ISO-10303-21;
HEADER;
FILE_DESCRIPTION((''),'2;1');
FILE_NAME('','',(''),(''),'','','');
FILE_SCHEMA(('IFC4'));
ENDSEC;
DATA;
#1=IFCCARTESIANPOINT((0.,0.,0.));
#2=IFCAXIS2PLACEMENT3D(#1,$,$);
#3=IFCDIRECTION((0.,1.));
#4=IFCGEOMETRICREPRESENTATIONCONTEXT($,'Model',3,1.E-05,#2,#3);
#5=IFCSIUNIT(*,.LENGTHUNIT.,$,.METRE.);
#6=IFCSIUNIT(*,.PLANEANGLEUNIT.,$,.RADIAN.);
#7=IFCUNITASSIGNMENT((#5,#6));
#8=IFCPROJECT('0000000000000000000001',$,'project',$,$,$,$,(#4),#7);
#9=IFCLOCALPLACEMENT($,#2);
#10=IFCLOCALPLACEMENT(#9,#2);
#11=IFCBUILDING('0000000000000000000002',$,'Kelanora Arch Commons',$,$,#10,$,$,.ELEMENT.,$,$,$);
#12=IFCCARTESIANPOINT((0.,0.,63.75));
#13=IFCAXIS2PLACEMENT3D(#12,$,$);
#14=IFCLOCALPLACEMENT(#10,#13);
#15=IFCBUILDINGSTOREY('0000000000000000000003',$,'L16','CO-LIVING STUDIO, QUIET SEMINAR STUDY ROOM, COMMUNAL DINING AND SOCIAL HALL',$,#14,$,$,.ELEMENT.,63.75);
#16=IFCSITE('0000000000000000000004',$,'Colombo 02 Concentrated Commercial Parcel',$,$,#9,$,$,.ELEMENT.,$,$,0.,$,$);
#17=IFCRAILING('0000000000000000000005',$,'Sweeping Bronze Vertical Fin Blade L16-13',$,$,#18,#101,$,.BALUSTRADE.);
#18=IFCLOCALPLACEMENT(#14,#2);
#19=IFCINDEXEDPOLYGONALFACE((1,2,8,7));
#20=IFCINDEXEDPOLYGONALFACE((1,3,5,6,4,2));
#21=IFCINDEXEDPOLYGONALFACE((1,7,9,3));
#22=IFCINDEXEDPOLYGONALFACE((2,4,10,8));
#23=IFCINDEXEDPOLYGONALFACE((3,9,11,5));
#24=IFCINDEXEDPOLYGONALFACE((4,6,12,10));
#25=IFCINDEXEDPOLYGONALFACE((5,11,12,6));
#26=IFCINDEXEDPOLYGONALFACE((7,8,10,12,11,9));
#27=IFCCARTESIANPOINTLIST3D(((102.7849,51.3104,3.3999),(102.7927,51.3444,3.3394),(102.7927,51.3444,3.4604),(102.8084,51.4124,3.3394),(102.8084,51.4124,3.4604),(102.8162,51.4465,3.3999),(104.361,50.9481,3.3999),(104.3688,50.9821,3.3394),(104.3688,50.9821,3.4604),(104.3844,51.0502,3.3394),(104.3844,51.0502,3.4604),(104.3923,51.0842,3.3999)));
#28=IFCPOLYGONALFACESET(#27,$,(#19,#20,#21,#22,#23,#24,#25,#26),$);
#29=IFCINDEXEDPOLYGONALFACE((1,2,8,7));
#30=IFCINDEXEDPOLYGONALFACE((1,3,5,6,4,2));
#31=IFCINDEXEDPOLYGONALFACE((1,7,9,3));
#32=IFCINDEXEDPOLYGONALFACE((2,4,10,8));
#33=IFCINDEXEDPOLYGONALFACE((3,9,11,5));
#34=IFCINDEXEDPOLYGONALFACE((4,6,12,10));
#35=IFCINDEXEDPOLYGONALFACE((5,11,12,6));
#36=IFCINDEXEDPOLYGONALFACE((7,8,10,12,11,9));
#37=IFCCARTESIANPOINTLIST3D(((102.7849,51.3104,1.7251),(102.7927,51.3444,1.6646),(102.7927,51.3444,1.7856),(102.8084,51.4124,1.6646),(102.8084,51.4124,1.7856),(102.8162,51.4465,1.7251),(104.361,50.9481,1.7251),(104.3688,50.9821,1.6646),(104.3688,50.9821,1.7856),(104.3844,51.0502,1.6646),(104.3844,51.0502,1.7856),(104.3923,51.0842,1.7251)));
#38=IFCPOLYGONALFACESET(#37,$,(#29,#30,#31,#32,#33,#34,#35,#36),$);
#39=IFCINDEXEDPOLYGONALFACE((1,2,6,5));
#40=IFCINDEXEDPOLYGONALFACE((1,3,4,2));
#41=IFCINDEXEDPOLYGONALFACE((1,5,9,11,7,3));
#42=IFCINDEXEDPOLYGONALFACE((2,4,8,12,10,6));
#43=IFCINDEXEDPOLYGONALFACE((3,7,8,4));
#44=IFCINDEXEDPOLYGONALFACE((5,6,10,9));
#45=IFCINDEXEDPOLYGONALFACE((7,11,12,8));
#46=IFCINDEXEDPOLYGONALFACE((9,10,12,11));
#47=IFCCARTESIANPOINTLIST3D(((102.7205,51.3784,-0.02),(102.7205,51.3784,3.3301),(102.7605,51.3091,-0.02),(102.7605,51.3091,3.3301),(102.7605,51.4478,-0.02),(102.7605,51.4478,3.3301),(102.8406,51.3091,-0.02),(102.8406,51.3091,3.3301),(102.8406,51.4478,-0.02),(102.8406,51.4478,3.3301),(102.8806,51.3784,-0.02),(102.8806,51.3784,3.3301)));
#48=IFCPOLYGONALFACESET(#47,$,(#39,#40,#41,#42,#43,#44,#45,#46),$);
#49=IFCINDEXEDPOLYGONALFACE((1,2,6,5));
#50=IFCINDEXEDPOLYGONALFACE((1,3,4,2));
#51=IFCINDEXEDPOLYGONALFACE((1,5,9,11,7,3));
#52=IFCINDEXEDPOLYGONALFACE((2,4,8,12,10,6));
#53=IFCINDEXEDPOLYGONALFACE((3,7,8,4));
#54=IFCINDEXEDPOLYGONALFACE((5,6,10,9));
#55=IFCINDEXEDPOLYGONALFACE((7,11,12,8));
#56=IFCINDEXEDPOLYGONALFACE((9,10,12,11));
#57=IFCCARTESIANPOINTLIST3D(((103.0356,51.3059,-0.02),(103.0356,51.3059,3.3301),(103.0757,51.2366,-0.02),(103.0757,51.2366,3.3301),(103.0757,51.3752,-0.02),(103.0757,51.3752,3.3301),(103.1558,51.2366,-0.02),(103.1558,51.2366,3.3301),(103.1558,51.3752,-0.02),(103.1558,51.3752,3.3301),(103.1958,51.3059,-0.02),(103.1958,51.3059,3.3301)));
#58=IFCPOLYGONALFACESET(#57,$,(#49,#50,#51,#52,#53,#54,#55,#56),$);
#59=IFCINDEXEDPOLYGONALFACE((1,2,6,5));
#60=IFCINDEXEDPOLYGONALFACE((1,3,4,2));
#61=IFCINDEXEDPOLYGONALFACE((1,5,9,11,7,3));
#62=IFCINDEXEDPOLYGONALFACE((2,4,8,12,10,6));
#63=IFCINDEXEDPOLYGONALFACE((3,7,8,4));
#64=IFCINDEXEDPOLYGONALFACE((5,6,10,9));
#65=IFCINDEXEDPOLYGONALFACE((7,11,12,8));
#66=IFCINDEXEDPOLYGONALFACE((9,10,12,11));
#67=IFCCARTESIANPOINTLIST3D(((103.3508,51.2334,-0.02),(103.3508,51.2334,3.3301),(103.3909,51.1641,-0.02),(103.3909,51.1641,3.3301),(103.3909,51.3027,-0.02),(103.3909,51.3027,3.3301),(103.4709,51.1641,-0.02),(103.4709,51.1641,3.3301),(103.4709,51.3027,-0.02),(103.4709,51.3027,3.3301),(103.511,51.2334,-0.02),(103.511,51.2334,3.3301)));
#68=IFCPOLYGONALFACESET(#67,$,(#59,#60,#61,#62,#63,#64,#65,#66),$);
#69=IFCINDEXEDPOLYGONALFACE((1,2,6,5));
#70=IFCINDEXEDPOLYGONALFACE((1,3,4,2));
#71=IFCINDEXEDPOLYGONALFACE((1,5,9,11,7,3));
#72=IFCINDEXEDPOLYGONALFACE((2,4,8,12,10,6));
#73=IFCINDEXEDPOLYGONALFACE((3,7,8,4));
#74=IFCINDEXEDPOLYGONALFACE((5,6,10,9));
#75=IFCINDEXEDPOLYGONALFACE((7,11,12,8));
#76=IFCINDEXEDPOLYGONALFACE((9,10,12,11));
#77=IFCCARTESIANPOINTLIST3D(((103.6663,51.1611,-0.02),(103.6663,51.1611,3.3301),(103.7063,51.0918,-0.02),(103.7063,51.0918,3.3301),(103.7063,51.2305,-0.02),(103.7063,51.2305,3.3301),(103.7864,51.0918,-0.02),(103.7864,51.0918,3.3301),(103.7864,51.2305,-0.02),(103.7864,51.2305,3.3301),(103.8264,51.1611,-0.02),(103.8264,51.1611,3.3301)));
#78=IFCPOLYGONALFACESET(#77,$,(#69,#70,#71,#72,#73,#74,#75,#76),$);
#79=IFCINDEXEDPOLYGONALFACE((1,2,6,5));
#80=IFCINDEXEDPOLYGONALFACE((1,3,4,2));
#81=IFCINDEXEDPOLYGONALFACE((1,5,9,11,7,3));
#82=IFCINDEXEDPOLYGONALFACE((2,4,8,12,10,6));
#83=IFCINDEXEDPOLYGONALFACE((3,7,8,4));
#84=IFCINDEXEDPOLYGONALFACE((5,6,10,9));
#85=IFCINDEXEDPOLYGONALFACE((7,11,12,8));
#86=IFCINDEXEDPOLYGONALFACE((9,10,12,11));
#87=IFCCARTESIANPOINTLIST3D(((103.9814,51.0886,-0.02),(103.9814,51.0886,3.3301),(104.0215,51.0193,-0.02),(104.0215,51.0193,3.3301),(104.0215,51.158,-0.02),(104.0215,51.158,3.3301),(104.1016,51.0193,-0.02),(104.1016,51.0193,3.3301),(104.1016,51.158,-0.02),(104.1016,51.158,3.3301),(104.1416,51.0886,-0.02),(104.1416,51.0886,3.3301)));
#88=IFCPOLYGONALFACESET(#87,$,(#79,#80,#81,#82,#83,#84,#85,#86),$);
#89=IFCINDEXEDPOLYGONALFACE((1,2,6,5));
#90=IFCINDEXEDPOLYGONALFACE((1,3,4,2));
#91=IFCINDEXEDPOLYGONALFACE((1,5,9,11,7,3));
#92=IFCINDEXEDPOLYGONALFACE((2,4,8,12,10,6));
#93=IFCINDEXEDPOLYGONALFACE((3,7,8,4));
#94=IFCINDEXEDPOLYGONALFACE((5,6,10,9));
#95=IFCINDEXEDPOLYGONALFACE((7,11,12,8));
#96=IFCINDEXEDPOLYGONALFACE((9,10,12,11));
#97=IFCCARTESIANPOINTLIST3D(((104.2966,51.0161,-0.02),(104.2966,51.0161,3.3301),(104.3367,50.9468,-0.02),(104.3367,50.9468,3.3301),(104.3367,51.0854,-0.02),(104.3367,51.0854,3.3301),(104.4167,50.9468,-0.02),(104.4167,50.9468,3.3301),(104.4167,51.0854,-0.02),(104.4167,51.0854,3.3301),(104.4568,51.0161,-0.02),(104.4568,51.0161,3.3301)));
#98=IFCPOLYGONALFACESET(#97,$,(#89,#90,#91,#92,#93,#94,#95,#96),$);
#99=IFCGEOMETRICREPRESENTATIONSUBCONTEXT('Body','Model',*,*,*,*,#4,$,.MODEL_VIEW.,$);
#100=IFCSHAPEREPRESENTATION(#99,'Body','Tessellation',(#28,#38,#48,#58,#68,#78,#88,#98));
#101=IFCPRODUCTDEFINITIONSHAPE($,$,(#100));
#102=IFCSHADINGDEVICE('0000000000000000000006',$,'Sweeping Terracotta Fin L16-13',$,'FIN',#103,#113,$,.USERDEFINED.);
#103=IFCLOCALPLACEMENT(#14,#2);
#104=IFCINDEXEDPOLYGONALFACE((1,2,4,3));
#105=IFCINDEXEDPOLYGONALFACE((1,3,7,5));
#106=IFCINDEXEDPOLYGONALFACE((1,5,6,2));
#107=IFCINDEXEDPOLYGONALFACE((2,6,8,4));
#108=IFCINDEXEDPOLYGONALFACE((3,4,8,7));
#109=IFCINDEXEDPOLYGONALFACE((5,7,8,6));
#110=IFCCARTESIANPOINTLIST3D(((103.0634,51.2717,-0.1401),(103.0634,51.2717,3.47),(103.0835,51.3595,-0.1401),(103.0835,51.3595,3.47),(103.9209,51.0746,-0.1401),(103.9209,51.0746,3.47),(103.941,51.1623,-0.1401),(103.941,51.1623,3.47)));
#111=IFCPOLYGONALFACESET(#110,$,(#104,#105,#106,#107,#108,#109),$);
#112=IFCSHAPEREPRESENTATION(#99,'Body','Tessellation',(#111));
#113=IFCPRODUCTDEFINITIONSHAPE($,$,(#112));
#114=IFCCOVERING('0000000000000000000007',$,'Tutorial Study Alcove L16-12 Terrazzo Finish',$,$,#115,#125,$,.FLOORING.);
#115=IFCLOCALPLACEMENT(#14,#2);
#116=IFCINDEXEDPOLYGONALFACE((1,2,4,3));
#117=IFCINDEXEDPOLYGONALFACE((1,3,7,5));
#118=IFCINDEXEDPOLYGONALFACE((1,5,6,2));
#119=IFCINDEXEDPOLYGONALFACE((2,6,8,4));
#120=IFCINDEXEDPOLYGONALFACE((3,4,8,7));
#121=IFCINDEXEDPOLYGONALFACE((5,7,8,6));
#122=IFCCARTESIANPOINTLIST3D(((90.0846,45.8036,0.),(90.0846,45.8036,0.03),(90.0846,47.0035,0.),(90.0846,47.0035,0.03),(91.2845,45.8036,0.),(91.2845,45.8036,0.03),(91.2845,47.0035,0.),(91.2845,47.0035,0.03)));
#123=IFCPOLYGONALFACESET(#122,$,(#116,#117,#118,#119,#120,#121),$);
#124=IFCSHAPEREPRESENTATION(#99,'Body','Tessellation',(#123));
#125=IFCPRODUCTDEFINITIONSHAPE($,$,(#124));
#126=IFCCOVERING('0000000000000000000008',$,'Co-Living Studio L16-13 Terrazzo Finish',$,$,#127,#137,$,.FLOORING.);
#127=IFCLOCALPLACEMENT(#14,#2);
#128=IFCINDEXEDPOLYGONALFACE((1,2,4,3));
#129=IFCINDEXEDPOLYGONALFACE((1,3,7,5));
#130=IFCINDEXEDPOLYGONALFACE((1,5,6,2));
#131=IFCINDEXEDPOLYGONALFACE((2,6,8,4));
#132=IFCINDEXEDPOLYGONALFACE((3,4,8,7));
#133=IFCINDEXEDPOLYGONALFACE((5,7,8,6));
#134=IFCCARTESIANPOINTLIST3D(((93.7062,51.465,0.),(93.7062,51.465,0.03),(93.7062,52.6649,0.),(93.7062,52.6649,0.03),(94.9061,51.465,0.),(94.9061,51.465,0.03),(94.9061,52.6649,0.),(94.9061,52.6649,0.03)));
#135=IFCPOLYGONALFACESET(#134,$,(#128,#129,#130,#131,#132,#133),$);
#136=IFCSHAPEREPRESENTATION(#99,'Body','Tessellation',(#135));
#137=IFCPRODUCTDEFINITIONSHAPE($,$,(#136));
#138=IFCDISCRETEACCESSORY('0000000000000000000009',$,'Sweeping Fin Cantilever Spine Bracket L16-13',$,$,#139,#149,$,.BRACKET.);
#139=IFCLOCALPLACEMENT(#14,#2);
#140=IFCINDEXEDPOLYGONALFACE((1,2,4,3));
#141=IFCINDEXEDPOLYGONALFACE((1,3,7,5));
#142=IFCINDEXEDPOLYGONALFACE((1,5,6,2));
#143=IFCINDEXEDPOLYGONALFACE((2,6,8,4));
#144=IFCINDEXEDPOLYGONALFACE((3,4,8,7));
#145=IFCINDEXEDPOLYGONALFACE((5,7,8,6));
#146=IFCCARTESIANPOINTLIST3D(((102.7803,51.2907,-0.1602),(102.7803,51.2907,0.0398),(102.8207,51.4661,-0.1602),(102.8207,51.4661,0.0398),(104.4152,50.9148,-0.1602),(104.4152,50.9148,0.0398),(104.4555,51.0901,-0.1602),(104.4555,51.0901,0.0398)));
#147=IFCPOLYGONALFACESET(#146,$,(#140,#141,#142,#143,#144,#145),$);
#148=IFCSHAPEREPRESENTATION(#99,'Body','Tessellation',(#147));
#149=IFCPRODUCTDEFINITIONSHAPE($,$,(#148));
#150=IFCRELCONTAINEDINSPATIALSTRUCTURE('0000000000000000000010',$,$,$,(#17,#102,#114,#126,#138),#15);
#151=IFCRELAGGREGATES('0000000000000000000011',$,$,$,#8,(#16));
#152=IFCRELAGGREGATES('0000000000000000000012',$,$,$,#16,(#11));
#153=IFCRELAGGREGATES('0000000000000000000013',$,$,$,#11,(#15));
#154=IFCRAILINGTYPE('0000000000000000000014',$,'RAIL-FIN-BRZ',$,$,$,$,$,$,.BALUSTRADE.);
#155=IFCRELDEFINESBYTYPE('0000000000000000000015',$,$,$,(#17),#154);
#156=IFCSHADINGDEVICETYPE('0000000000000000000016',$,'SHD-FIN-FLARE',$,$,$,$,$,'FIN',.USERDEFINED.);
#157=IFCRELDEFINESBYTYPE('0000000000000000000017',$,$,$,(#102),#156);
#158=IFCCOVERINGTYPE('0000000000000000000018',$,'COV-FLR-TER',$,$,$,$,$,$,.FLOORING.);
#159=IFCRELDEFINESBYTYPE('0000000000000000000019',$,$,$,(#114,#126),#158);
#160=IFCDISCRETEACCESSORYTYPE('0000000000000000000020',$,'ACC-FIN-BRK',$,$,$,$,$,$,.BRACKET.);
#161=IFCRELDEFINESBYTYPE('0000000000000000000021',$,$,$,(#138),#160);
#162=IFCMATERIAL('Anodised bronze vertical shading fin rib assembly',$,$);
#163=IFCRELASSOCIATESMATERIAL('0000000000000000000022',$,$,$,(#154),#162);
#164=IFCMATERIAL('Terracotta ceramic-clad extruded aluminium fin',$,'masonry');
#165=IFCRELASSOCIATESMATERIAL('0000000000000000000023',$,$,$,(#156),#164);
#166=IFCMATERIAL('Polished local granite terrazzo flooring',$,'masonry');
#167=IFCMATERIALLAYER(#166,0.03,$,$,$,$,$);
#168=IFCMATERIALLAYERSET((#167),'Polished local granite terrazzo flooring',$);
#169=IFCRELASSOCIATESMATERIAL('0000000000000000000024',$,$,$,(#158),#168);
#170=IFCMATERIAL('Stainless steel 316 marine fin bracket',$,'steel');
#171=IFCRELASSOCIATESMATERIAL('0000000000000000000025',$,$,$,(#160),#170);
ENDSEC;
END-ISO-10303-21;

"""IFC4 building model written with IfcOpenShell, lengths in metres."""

from ifc_helpers import new_model, si_unit, direction, frame, origin, origin_2d, place, context, subcontext, project, spatial, polyline, rectangle, outline, extrude, source, transform, mapped, material, layer, layer_set, type_object, element, save


model = new_model("IFC4")

# Units and contexts
model_context = context("Model", 3, precision=1e-05, world=origin(), true_north=direction((0.0, 1.0)))
body_context = subcontext(model_context, "Body", "Model", "MODEL_VIEW")
ifc_project = project(units=[si_unit("LENGTHUNIT", "METRE"), si_unit("PLANEANGLEUNIT", "RADIAN")], contexts=[model_context])

# Site, building, storey
site_placement = place(None, origin())
site = spatial("IfcSite", under=ifc_project, at=site_placement, Name="Colombo 02 Concentrated Commercial Parcel", CompositionType="ELEMENT", RefElevation=0.0)
building_placement = place(site_placement, origin())
building = spatial("IfcBuilding", under=site, at=building_placement, Name="Kelanora Arch Commons", CompositionType="ELEMENT")
storey_placement = place(building_placement, frame((0.0, 0.0, 63.75)))
storey = spatial("IfcBuildingStorey", under=building, at=storey_placement, Name="L16", Description="CO-LIVING STUDIO, QUIET SEMINAR STUDY ROOM, COMMUNAL DINING AND SOCIAL HALL", CompositionType="ELEMENT", Elevation=63.75)

# Railing
ifc_material_1 = material(Name="Anodised bronze vertical shading fin rib assembly")
railing_type = type_object("IfcRailingType", Name="RAIL-FIN-BRZ", PredefinedType="BALUSTRADE", material=ifc_material_1)
railing_placement = place(storey_placement, frame((102.8005, 51.3784, -0.02)))
element("IfcRailing", 1, at=railing_placement, inside=storey, type_object=railing_type, Name="Sweeping Bronze Vertical Fin Blade L16-13", PredefinedType="BALUSTRADE", context=body_context, shape_type="SweptSolid", body=[
    extrude(outline(polyline([(0.0698, 0.0), (0.0349, 0.0605), (-0.0349, 0.0605), (-0.0698, 0.0), (-0.0349, -0.0605), (0.0349, -0.0605), (0.0698, 0.0)])), frame((0.0, 0.0, 3.4199), z_axis=(0.974584, -0.224022, 0.0), x_axis=(0.224022, 0.974584, 0.0)), (0.0, 0.0, 1.0), 1.6172),
    extrude(outline(polyline([(0.0698, 0.0), (0.0349, 0.0605), (-0.0349, 0.0605), (-0.0698, 0.0), (-0.0349, -0.0605), (0.0349, -0.0605), (0.0698, 0.0)])), frame((0.0, 0.0, 1.7451), z_axis=(0.974584, -0.224022, 0.0), x_axis=(0.224022, 0.974584, 0.0)), (0.0, 0.0, 1.0), 1.6172),
    extrude(outline(polyline([(0.0801, 0.0), (0.04, 0.0693), (-0.04, 0.0693), (-0.0801, 0.0), (-0.04, -0.0693), (0.04, -0.0693), (0.0801, 0.0)])), origin(), (0.0, 0.0, 1.0), 3.3501),
    extrude(outline(polyline([(0.0801, 0.0), (0.04, 0.0693), (-0.04, 0.0693), (-0.0801, 0.0), (-0.04, -0.0693), (0.04, -0.0693), (0.0801, 0.0)])), frame((0.3152, -0.0725, 0.0)), (0.0, 0.0, 1.0), 3.3501),
    extrude(outline(polyline([(0.0801, 0.0), (0.04, 0.0693), (-0.04, 0.0693), (-0.0801, 0.0), (-0.04, -0.0693), (0.04, -0.0693), (0.0801, 0.0)])), frame((0.6304, -0.145, 0.0)), (0.0, 0.0, 1.0), 3.3501),
    extrude(outline(polyline([(0.0801, 0.0), (0.04, 0.0693), (-0.04, 0.0693), (-0.0801, 0.0), (-0.04, -0.0693), (0.04, -0.0693), (0.0801, 0.0)])), frame((0.9458, -0.2173, 0.0)), (0.0, 0.0, 1.0), 3.3501),
    extrude(outline(polyline([(0.0801, 0.0), (0.04, 0.0693), (-0.04, 0.0693), (-0.0801, 0.0), (-0.04, -0.0693), (0.04, -0.0693), (0.0801, 0.0)])), frame((1.261, -0.2898, 0.0)), (0.0, 0.0, 1.0), 3.3501),
    extrude(outline(polyline([(0.0801, 0.0), (0.04, 0.0693), (-0.04, 0.0693), (-0.0801, 0.0), (-0.04, -0.0693), (0.04, -0.0693), (0.0801, 0.0)])), frame((1.5762, -0.3623, 0.0)), (0.0, 0.0, 1.0), 3.3501),
])

# Shading device
ifc_material_2 = material(Name="Terracotta ceramic-clad extruded aluminium fin", Category="masonry")
shading_device_type = type_object("IfcShadingDeviceType", Name="SHD-FIN-FLARE", ElementType="FIN", PredefinedType="USERDEFINED", material=ifc_material_2)
shared_shape_1 = source(origin(), body_context, "Body", "SweptSolid", [
    extrude(rectangle(XDim=0.8799, YDim=0.0901, at=origin_2d()), origin(), (0.0, 0.0, 1.0), 3.6101),
])
shading_device_placement = place(storey_placement, frame((103.5022, 51.217, -0.1401), z_axis=(0.0, 0.0, 1.0), x_axis=(0.974566, -0.224101, 0.0)))
element("IfcShadingDevice", 2, at=shading_device_placement, inside=storey, type_object=shading_device_type, Name="Sweeping Terracotta Fin L16-13", ObjectType="FIN", PredefinedType="USERDEFINED", context=body_context, shape_type="MappedRepresentation", body=[
    mapped(shared_shape_1, transform((0.0, 0.0, 0.0), scale=1.0)),
])

# Coverings
ifc_material_3 = material(Name="Polished local granite terrazzo flooring", Category="masonry")
ifc_layer_1 = layer(ifc_material_3, 0.03)
ifc_layer_set_1 = layer_set([ifc_layer_1], Name="Polished local granite terrazzo flooring")
covering_type = type_object("IfcCoveringType", Name="COV-FLR-TER", PredefinedType="FLOORING", material=ifc_layer_set_1)
shared_shape_2 = source(origin(), body_context, "Body", "SweptSolid", [
    extrude(rectangle(XDim=1.2, YDim=1.2, at=origin_2d()), origin(), (0.0, 0.0, 1.0), 0.03),
])
for number, where, z_axis, x_axis, name in (
    (3, (90.6846, 46.4036, 0.0), (0.0, 0.0, 1.0), (1.0, 0.0, 0.0), "Tutorial Study Alcove L16-12 Terrazzo Finish"),
    (4, (94.3062, 52.0649, 0.0), (0.0, 0.0, 1.0), (1.0, 0.0, 0.0), "Co-Living Studio L16-13 Terrazzo Finish"),
):
    element("IfcCovering", number, at=place(storey_placement, frame(where, z_axis=z_axis, x_axis=x_axis)), inside=storey, type_object=covering_type, Name=name, PredefinedType="FLOORING", context=body_context, shape_type="MappedRepresentation", body=[
        mapped(shared_shape_2, transform((0.0, 0.0, 0.0), scale=1.0)),
    ])

# Discrete accessory
ifc_material_4 = material(Name="Stainless steel 316 marine fin bracket", Category="steel")
discrete_accessory_type = type_object("IfcDiscreteAccessoryType", Name="ACC-FIN-BRK", PredefinedType="BRACKET", material=ifc_material_4)
shared_shape_3 = source(origin(), body_context, "Body", "SweptSolid", [
    extrude(rectangle(XDim=1.6775, YDim=0.1799, at=origin_2d()), origin(), (0.0, 0.0, 1.0), 0.2),
])
discrete_accessory_placement = place(storey_placement, frame((103.6179, 51.1904, -0.1602), z_axis=(0.0, 0.0, 1.0), x_axis=(0.974566, -0.224101, 0.0)))
element("IfcDiscreteAccessory", 5, at=discrete_accessory_placement, inside=storey, type_object=discrete_accessory_type, Name="Sweeping Fin Cantilever Spine Bracket L16-13", PredefinedType="BRACKET", context=body_context, shape_type="MappedRepresentation", body=[
    mapped(shared_shape_3, transform((0.0, 0.0, 0.0), scale=1.0)),
])

save(model, "model.ifc")
